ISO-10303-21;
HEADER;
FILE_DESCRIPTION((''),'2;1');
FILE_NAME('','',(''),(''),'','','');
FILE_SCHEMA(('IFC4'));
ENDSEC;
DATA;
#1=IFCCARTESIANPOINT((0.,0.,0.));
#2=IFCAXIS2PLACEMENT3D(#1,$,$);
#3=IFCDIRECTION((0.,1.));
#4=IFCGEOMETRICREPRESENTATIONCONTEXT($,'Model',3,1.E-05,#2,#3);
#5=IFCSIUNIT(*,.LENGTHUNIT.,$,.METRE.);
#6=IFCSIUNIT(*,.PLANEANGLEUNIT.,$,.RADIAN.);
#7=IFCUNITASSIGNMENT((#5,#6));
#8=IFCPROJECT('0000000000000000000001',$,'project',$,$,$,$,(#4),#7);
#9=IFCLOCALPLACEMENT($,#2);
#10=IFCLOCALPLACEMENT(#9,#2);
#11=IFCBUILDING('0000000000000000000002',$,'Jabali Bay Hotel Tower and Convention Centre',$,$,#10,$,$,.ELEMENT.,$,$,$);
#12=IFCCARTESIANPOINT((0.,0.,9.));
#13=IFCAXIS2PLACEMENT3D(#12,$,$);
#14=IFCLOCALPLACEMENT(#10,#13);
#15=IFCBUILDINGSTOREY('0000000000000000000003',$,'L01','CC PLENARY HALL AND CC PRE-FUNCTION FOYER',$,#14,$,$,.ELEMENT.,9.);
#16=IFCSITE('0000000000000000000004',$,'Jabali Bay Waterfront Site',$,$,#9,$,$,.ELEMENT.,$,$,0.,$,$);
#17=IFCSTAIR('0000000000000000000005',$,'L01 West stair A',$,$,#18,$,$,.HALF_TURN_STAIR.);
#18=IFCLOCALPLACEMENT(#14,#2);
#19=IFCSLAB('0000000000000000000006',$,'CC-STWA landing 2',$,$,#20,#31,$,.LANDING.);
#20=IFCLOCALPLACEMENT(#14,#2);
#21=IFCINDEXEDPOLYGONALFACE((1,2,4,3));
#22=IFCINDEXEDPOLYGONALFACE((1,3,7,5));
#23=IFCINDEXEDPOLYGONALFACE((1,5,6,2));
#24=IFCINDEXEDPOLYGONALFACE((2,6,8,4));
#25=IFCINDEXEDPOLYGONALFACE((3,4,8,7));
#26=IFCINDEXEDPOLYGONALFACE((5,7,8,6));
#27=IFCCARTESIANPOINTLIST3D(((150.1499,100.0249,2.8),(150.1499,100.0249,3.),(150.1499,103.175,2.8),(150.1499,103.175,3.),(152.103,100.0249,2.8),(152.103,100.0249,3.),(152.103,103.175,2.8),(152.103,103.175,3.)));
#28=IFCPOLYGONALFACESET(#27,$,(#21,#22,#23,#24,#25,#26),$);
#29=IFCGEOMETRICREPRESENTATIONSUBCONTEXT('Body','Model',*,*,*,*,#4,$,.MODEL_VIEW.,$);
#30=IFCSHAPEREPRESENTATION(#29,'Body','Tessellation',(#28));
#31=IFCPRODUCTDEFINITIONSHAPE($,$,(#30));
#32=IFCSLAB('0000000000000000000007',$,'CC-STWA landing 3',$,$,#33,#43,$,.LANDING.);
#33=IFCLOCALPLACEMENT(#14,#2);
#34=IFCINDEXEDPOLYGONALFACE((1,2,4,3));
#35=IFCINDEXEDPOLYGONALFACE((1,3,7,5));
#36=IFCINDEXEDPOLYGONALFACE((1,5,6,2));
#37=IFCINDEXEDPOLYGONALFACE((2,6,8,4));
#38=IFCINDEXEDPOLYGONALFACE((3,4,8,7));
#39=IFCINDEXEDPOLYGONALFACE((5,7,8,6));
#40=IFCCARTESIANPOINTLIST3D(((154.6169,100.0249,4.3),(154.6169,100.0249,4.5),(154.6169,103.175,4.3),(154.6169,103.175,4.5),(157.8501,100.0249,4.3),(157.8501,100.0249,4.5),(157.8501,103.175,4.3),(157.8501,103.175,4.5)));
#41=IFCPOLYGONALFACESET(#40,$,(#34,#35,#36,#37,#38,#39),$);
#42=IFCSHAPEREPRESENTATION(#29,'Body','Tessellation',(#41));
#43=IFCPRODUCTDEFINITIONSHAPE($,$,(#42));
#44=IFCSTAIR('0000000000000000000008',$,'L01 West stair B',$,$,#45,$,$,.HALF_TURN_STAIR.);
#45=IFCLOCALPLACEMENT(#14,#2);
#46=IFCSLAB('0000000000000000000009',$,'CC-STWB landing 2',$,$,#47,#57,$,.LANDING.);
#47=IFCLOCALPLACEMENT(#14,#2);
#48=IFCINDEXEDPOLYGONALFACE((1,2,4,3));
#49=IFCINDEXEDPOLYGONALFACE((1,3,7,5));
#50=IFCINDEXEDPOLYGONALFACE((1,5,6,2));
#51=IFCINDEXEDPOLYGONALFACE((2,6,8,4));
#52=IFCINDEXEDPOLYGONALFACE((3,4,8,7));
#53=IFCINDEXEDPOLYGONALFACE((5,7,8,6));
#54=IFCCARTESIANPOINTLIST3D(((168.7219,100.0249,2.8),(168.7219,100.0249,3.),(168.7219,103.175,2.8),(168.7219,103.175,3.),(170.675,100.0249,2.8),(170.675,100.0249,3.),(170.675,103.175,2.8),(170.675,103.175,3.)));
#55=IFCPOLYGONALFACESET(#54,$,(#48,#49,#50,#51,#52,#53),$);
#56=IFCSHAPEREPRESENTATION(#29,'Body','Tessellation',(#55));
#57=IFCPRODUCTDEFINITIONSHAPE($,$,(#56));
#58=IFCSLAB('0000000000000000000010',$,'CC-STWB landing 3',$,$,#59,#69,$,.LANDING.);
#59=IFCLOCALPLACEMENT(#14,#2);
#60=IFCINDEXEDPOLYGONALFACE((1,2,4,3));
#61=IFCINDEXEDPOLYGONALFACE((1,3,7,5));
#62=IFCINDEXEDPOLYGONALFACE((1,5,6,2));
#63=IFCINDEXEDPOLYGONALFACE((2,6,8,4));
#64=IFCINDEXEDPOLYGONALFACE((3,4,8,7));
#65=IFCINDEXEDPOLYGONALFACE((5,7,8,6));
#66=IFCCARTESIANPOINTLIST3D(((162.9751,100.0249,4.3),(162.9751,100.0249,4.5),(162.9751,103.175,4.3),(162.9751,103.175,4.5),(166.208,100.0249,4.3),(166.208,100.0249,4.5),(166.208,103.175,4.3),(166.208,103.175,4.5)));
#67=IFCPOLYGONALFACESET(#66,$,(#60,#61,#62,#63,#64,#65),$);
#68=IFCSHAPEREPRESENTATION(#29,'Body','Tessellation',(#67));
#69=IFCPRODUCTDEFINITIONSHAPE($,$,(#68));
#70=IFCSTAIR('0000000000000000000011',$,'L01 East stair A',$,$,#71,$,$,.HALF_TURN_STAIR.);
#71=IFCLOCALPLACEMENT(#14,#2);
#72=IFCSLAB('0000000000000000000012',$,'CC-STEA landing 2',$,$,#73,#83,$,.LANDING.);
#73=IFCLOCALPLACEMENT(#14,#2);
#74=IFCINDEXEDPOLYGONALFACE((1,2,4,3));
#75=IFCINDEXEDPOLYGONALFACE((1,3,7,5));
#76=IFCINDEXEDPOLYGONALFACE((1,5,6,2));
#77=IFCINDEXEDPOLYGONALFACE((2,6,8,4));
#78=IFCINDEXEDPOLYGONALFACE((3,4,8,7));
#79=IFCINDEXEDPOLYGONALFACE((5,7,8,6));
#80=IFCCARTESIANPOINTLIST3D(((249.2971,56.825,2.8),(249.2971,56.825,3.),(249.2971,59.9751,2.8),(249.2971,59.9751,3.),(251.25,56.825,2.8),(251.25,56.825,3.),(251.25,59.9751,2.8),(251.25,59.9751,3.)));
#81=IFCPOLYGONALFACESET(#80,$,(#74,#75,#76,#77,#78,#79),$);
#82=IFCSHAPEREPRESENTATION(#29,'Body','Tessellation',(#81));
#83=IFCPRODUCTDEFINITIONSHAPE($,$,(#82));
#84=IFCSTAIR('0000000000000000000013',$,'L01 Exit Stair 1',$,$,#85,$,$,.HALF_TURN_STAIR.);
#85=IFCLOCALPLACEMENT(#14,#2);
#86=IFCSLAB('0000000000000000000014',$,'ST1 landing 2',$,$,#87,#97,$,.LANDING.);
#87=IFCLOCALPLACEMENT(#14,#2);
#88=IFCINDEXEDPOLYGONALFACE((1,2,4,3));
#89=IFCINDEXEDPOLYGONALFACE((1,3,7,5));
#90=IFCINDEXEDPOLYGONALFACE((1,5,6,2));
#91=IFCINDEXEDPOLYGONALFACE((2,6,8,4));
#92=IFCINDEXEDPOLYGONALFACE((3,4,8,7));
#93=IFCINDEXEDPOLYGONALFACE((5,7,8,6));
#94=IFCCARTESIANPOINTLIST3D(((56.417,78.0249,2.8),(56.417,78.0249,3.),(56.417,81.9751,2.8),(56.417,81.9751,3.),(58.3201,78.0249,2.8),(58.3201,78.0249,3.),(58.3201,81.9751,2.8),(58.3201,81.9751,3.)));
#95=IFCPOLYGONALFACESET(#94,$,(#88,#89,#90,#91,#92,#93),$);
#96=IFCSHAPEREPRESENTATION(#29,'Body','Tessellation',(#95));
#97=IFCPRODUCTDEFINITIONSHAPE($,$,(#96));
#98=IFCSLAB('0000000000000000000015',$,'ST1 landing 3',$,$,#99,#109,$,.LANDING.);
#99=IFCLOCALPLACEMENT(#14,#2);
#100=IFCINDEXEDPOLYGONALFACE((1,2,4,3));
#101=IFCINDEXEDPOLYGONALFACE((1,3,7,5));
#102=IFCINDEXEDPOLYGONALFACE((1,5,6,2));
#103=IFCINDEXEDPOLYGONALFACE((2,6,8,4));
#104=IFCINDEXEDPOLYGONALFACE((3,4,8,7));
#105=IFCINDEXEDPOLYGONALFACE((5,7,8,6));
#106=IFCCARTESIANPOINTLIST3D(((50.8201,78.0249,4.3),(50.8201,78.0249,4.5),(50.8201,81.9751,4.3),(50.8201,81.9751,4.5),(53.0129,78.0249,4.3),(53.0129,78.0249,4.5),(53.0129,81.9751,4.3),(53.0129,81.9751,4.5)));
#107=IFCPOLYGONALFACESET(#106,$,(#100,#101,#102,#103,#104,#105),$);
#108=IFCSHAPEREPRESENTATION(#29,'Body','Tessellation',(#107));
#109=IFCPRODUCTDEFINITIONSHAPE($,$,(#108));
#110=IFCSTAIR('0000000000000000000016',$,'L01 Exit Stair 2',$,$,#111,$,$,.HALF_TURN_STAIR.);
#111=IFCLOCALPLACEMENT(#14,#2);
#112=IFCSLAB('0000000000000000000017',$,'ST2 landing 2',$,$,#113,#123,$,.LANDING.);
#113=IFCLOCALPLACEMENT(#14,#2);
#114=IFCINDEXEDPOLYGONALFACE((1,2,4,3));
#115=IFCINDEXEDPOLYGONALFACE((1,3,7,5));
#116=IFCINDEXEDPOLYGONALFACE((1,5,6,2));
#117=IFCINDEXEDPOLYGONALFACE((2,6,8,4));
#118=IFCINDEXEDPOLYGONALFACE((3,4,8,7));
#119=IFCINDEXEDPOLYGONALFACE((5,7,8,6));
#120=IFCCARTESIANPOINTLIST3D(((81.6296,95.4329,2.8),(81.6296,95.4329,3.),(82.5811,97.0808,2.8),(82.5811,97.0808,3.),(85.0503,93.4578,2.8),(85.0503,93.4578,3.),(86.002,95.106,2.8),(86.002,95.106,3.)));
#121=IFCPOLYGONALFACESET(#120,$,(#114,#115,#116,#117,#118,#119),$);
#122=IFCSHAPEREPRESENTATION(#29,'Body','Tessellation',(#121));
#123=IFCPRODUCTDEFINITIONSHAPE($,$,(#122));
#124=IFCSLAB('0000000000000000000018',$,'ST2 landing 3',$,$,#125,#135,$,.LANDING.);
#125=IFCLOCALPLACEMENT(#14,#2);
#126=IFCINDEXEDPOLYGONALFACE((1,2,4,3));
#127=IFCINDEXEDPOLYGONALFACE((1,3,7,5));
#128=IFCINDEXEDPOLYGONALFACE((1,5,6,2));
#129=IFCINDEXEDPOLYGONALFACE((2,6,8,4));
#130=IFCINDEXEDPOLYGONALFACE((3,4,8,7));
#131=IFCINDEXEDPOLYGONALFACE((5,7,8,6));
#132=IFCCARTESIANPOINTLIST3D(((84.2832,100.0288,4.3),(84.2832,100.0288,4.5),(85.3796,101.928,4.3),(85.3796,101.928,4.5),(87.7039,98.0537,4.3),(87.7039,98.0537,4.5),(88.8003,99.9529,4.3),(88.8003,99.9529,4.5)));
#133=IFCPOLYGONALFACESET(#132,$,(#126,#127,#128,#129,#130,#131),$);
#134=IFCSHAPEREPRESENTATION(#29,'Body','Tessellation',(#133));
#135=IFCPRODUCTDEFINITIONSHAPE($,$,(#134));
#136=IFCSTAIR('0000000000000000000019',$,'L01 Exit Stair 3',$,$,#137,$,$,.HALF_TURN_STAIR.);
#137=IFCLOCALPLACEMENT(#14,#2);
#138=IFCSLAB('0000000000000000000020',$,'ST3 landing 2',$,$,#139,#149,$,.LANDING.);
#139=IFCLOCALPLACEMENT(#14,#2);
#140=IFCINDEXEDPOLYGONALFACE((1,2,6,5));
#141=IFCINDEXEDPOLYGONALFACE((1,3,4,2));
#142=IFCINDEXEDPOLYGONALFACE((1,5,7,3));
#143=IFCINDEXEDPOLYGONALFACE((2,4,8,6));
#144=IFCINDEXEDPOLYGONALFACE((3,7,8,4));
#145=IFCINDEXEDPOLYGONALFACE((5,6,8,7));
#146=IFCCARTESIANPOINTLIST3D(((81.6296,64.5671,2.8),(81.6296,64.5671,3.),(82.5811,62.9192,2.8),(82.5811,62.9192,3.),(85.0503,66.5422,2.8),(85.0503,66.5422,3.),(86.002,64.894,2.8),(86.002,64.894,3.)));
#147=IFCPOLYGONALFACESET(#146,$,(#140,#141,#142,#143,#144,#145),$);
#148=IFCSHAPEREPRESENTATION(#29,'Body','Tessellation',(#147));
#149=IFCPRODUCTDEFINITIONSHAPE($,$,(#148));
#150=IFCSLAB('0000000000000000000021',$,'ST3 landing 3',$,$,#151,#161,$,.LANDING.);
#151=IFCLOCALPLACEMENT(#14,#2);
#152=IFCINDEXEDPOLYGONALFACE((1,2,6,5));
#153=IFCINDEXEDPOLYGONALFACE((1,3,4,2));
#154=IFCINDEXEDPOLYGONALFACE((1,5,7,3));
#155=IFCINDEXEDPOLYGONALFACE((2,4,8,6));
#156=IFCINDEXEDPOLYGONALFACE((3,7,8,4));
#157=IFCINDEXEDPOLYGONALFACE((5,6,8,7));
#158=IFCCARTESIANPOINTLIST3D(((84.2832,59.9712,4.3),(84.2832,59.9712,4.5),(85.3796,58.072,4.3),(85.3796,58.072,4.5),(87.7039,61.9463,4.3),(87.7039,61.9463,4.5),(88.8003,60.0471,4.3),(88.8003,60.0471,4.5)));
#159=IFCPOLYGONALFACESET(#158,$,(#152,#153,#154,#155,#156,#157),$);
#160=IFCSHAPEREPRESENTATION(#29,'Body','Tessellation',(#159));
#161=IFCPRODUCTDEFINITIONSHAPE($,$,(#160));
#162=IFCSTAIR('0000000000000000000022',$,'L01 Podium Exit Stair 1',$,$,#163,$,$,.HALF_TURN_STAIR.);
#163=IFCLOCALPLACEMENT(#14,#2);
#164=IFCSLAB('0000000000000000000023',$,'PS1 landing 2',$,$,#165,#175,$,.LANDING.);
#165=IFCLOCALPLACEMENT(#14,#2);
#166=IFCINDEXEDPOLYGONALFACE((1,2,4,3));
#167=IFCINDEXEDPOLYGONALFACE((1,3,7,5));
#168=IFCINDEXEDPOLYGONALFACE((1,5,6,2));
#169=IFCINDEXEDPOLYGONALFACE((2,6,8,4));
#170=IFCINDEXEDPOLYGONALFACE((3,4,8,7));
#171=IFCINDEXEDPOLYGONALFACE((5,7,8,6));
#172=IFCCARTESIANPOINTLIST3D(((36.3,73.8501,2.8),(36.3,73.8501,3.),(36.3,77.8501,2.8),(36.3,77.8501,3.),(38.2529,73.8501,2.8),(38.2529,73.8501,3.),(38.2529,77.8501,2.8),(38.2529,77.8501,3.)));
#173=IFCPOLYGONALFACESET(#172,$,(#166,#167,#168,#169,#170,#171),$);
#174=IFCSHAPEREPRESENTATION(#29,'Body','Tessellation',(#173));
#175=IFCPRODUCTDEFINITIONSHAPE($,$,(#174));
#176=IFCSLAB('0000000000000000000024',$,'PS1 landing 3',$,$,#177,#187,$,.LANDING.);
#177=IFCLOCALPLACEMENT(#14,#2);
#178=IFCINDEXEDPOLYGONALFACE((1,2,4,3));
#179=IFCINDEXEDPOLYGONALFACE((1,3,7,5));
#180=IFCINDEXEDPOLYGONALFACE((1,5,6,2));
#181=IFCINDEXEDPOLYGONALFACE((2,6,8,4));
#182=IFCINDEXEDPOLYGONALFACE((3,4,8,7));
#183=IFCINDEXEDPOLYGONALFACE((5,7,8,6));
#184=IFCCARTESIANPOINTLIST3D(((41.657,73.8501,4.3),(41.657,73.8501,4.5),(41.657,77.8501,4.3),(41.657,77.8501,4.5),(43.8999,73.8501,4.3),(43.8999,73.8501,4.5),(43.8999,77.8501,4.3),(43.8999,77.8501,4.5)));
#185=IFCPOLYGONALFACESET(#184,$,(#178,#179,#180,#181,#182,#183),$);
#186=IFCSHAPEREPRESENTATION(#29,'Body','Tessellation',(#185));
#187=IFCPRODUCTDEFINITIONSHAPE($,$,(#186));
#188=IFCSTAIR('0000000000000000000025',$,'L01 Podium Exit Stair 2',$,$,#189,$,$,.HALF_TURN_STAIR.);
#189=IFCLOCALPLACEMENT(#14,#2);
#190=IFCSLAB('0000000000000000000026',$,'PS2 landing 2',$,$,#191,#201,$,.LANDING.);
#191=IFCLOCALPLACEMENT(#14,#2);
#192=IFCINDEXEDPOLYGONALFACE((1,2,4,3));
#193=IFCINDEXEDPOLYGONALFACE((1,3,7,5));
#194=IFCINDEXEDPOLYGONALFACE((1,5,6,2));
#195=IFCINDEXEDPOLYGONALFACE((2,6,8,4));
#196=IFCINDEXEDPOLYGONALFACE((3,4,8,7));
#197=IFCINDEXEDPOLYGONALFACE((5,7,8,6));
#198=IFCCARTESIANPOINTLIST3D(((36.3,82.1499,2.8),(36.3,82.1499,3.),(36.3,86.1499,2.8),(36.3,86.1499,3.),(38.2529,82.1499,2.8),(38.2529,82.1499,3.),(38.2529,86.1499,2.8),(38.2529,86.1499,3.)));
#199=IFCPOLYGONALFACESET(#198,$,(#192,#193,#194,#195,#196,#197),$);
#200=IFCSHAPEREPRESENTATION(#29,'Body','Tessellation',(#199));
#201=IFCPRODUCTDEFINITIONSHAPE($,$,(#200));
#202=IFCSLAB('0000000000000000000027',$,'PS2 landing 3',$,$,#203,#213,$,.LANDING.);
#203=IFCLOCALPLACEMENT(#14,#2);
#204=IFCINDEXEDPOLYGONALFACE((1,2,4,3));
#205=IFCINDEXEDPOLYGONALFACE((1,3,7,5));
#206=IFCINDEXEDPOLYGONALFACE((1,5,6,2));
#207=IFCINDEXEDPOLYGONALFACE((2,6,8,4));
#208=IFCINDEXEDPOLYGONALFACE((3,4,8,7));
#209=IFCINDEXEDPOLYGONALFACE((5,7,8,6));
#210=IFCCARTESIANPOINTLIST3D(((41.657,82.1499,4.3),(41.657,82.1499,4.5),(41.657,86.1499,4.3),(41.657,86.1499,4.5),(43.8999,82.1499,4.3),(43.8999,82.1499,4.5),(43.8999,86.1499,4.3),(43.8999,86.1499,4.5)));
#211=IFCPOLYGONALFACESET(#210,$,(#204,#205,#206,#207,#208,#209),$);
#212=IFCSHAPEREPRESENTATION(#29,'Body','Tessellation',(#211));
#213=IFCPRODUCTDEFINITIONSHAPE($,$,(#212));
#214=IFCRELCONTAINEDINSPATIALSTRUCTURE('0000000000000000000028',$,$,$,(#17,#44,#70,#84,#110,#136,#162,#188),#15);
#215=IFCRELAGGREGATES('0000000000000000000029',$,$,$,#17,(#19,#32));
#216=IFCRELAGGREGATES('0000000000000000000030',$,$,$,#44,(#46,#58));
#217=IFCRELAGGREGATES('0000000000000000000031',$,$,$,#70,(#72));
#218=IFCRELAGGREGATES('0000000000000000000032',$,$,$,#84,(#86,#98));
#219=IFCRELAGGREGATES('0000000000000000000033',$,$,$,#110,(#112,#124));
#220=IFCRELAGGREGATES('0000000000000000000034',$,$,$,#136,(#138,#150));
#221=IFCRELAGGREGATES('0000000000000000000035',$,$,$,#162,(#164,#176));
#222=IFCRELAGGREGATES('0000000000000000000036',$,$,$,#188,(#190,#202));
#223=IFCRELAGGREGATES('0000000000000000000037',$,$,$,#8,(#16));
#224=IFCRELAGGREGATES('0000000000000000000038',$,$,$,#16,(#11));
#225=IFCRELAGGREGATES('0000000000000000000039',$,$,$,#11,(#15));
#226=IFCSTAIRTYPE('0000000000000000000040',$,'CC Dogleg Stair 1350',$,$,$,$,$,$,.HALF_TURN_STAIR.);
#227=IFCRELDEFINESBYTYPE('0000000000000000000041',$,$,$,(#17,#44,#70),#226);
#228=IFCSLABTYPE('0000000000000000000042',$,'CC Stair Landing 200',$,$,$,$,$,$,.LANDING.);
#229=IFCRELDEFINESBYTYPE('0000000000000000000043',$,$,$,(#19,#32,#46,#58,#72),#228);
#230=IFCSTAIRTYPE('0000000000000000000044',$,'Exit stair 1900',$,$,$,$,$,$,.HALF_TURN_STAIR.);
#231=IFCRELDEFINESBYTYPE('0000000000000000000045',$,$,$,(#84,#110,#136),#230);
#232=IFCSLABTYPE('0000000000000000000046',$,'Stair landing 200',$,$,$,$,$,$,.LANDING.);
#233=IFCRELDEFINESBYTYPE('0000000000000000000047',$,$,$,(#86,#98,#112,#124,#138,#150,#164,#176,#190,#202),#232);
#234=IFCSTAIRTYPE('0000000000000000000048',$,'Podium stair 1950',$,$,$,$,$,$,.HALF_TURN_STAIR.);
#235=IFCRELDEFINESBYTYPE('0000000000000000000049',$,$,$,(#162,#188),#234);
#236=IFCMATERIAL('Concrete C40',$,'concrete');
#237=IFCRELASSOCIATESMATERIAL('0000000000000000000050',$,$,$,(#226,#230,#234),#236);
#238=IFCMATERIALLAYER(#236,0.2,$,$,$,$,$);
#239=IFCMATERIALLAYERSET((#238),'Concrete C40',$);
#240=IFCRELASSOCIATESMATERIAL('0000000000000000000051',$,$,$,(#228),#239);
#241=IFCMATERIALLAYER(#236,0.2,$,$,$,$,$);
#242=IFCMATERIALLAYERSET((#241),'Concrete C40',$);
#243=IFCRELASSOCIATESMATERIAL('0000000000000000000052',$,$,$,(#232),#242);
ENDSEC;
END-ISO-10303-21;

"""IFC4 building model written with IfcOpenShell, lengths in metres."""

from ifc_helpers import new_model, si_unit, direction, frame, origin, place, context, subcontext, project, spatial, polyline, outline, extrude, material, layer, layer_set, type_object, element, aggregate, save


model = new_model("IFC4")

# Units and contexts
model_context = context("Model", 3, precision=1e-05, world=origin(), true_north=direction((0.0, 1.0)))
body_context = subcontext(model_context, "Body", "Model", "MODEL_VIEW")
ifc_project = project(units=[si_unit("LENGTHUNIT", "METRE"), si_unit("PLANEANGLEUNIT", "RADIAN")], contexts=[model_context])

# Site, building, storey
site_placement = place(None, origin())
site = spatial("IfcSite", under=ifc_project, at=site_placement, Name="Jabali Bay Waterfront Site", CompositionType="ELEMENT", RefElevation=0.0)
building_placement = place(site_placement, origin())
building = spatial("IfcBuilding", under=site, at=building_placement, Name="Jabali Bay Hotel Tower and Convention Centre", CompositionType="ELEMENT")
storey_placement = place(building_placement, frame((0.0, 0.0, 9.0)))
storey = spatial("IfcBuildingStorey", under=building, at=storey_placement, Name="L01", Description="CC PLENARY HALL AND CC PRE-FUNCTION FOYER", CompositionType="ELEMENT", Elevation=9.0)

# Stairs, slabs
ifc_material = material(Name="Concrete C40", Category="concrete")
stair_type_1 = type_object("IfcStairType", Name="CC Dogleg Stair 1350", PredefinedType="HALF_TURN_STAIR", material=ifc_material)
stair_1_placement = place(storey_placement, origin())
stair_1 = element("IfcStair", 1, at=stair_1_placement, inside=storey, type_object=stair_type_1, Name="L01 West stair A", PredefinedType="HALF_TURN_STAIR")
ifc_layer_1 = layer(ifc_material, 0.2)
ifc_layer_set_1 = layer_set([ifc_layer_1], Name="Concrete C40")
slab_type_1 = type_object("IfcSlabType", Name="CC Stair Landing 200", PredefinedType="LANDING", material=ifc_layer_set_1)
slab_1_placement = place(storey_placement, frame((0.0, 0.0, 2.8)))
slab_1 = element("IfcSlab", 2, at=slab_1_placement, type_object=slab_type_1, Name="CC-STWA landing 2", PredefinedType="LANDING", context=body_context, shape_type="SweptSolid", body=[
    extrude(outline(polyline([(150.1499, 100.0249), (152.103, 100.0249), (152.103, 103.175), (150.1499, 103.175), (150.1499, 100.0249)])), origin(), (0.0, 0.0, 1.0), 0.2),
])
slab_2_placement = place(storey_placement, frame((0.0, 0.0, 4.3)))
slab_2 = element("IfcSlab", 3, at=slab_2_placement, type_object=slab_type_1, Name="CC-STWA landing 3", PredefinedType="LANDING", context=body_context, shape_type="SweptSolid", body=[
    extrude(outline(polyline([(154.6169, 100.0249), (157.8501, 100.0249), (157.8501, 103.175), (154.6169, 103.175), (154.6169, 100.0249)])), origin(), (0.0, 0.0, 1.0), 0.2),
])
aggregate(stair_1, [slab_1, slab_2])
stair_2_placement = place(storey_placement, origin())
stair_2 = element("IfcStair", 4, at=stair_2_placement, inside=storey, type_object=stair_type_1, Name="L01 West stair B", PredefinedType="HALF_TURN_STAIR")
slab_3_placement = place(storey_placement, frame((0.0, 0.0, 2.8)))
slab_3 = element("IfcSlab", 5, at=slab_3_placement, type_object=slab_type_1, Name="CC-STWB landing 2", PredefinedType="LANDING", context=body_context, shape_type="SweptSolid", body=[
    extrude(outline(polyline([(168.7219, 100.0249), (170.675, 100.0249), (170.675, 103.175), (168.7219, 103.175), (168.7219, 100.0249)])), origin(), (0.0, 0.0, 1.0), 0.2),
])
slab_4_placement = place(storey_placement, frame((0.0, 0.0, 4.3)))
slab_4 = element("IfcSlab", 6, at=slab_4_placement, type_object=slab_type_1, Name="CC-STWB landing 3", PredefinedType="LANDING", context=body_context, shape_type="SweptSolid", body=[
    extrude(outline(polyline([(162.9751, 100.0249), (166.208, 100.0249), (166.208, 103.175), (162.9751, 103.175), (162.9751, 100.0249)])), origin(), (0.0, 0.0, 1.0), 0.2),
])
aggregate(stair_2, [slab_3, slab_4])

# Stair, slab
stair_3_placement = place(storey_placement, origin())
stair_3 = element("IfcStair", 7, at=stair_3_placement, inside=storey, type_object=stair_type_1, Name="L01 East stair A", PredefinedType="HALF_TURN_STAIR")
slab_5_placement = place(storey_placement, frame((0.0, 0.0, 2.8)))
slab_5 = element("IfcSlab", 8, at=slab_5_placement, type_object=slab_type_1, Name="CC-STEA landing 2", PredefinedType="LANDING", context=body_context, shape_type="SweptSolid", body=[
    extrude(outline(polyline([(249.2971, 56.825), (251.25, 56.825), (251.25, 59.9751), (249.2971, 59.9751), (249.2971, 56.825)])), origin(), (0.0, 0.0, 1.0), 0.2),
])
aggregate(stair_3, [slab_5])

# Stairs, slabs
stair_type_2 = type_object("IfcStairType", Name="Exit stair 1900", PredefinedType="HALF_TURN_STAIR", material=ifc_material)
stair_4_placement = place(storey_placement, origin())
stair_4 = element("IfcStair", 9, at=stair_4_placement, inside=storey, type_object=stair_type_2, Name="L01 Exit Stair 1", PredefinedType="HALF_TURN_STAIR")
ifc_layer_2 = layer(ifc_material, 0.2)
ifc_layer_set_2 = layer_set([ifc_layer_2], Name="Concrete C40")
slab_type_2 = type_object("IfcSlabType", Name="Stair landing 200", PredefinedType="LANDING", material=ifc_layer_set_2)
slab_6_placement = place(storey_placement, frame((0.0, 0.0, 2.8)))
slab_6 = element("IfcSlab", 10, at=slab_6_placement, type_object=slab_type_2, Name="ST1 landing 2", PredefinedType="LANDING", context=body_context, shape_type="SweptSolid", body=[
    extrude(outline(polyline([(58.3201, 81.9751), (56.417, 81.9751), (56.417, 78.0249), (58.3201, 78.0249), (58.3201, 81.9751)])), origin(), (0.0, 0.0, 1.0), 0.2),
])
slab_7_placement = place(storey_placement, frame((0.0, 0.0, 4.3)))
slab_7 = element("IfcSlab", 11, at=slab_7_placement, type_object=slab_type_2, Name="ST1 landing 3", PredefinedType="LANDING", context=body_context, shape_type="SweptSolid", body=[
    extrude(outline(polyline([(53.0129, 81.9751), (50.8201, 81.9751), (50.8201, 78.0249), (53.0129, 78.0249), (53.0129, 81.9751)])), origin(), (0.0, 0.0, 1.0), 0.2),
])
aggregate(stair_4, [slab_6, slab_7])
stair_5_placement = place(storey_placement, origin())
stair_5 = element("IfcStair", 12, at=stair_5_placement, inside=storey, type_object=stair_type_2, Name="L01 Exit Stair 2", PredefinedType="HALF_TURN_STAIR")
slab_8_placement = place(storey_placement, frame((0.0, 0.0, 2.8)))
slab_8 = element("IfcSlab", 13, at=slab_8_placement, type_object=slab_type_2, Name="ST2 landing 2", PredefinedType="LANDING", context=body_context, shape_type="SweptSolid", body=[
    extrude(outline(polyline([(85.0503, 93.4578), (86.002, 95.106), (82.5811, 97.0808), (81.6296, 95.4329), (85.0503, 93.4578)])), origin(), (0.0, 0.0, 1.0), 0.2),
])
slab_9_placement = place(storey_placement, frame((0.0, 0.0, 4.3)))
slab_9 = element("IfcSlab", 14, at=slab_9_placement, type_object=slab_type_2, Name="ST2 landing 3", PredefinedType="LANDING", context=body_context, shape_type="SweptSolid", body=[
    extrude(outline(polyline([(87.7039, 98.0537), (88.8003, 99.9529), (85.3796, 101.928), (84.2832, 100.0288), (87.7039, 98.0537)])), origin(), (0.0, 0.0, 1.0), 0.2),
])
aggregate(stair_5, [slab_8, slab_9])
stair_6_placement = place(storey_placement, origin())
stair_6 = element("IfcStair", 15, at=stair_6_placement, inside=storey, type_object=stair_type_2, Name="L01 Exit Stair 3", PredefinedType="HALF_TURN_STAIR")
slab_10_placement = place(storey_placement, frame((0.0, 0.0, 2.8)))
slab_10 = element("IfcSlab", 16, at=slab_10_placement, type_object=slab_type_2, Name="ST3 landing 2", PredefinedType="LANDING", context=body_context, shape_type="SweptSolid", body=[
    extrude(outline(polyline([(81.6296, 64.5671), (82.5811, 62.9192), (86.002, 64.894), (85.0503, 66.5422), (81.6296, 64.5671)])), origin(), (0.0, 0.0, 1.0), 0.2),
])
slab_11_placement = place(storey_placement, frame((0.0, 0.0, 4.3)))
slab_11 = element("IfcSlab", 17, at=slab_11_placement, type_object=slab_type_2, Name="ST3 landing 3", PredefinedType="LANDING", context=body_context, shape_type="SweptSolid", body=[
    extrude(outline(polyline([(84.2832, 59.9712), (85.3796, 58.072), (88.8003, 60.0471), (87.7039, 61.9463), (84.2832, 59.9712)])), origin(), (0.0, 0.0, 1.0), 0.2),
])
aggregate(stair_6, [slab_10, slab_11])
stair_type_3 = type_object("IfcStairType", Name="Podium stair 1950", PredefinedType="HALF_TURN_STAIR", material=ifc_material)
stair_7_placement = place(storey_placement, origin())
stair_7 = element("IfcStair", 18, at=stair_7_placement, inside=storey, type_object=stair_type_3, Name="L01 Podium Exit Stair 1", PredefinedType="HALF_TURN_STAIR")
slab_12_placement = place(storey_placement, frame((0.0, 0.0, 2.8)))
slab_12 = element("IfcSlab", 19, at=slab_12_placement, type_object=slab_type_2, Name="PS1 landing 2", PredefinedType="LANDING", context=body_context, shape_type="SweptSolid", body=[
    extrude(outline(polyline([(36.3, 73.8501), (38.2529, 73.8501), (38.2529, 77.8501), (36.3, 77.8501), (36.3, 73.8501)])), origin(), (0.0, 0.0, 1.0), 0.2),
])
slab_13_placement = place(storey_placement, frame((0.0, 0.0, 4.3)))
slab_13 = element("IfcSlab", 20, at=slab_13_placement, type_object=slab_type_2, Name="PS1 landing 3", PredefinedType="LANDING", context=body_context, shape_type="SweptSolid", body=[
    extrude(outline(polyline([(41.657, 73.8501), (43.8999, 73.8501), (43.8999, 77.8501), (41.657, 77.8501), (41.657, 73.8501)])), origin(), (0.0, 0.0, 1.0), 0.2),
])
aggregate(stair_7, [slab_12, slab_13])
stair_8_placement = place(storey_placement, origin())
stair_8 = element("IfcStair", 21, at=stair_8_placement, inside=storey, type_object=stair_type_3, Name="L01 Podium Exit Stair 2", PredefinedType="HALF_TURN_STAIR")
slab_14_placement = place(storey_placement, frame((0.0, 0.0, 2.8)))
slab_14 = element("IfcSlab", 22, at=slab_14_placement, type_object=slab_type_2, Name="PS2 landing 2", PredefinedType="LANDING", context=body_context, shape_type="SweptSolid", body=[
    extrude(outline(polyline([(36.3, 82.1499), (38.2529, 82.1499), (38.2529, 86.1499), (36.3, 86.1499), (36.3, 82.1499)])), origin(), (0.0, 0.0, 1.0), 0.2),
])
slab_15_placement = place(storey_placement, frame((0.0, 0.0, 4.3)))
slab_15 = element("IfcSlab", 23, at=slab_15_placement, type_object=slab_type_2, Name="PS2 landing 3", PredefinedType="LANDING", context=body_context, shape_type="SweptSolid", body=[
    extrude(outline(polyline([(41.657, 82.1499), (43.8999, 82.1499), (43.8999, 86.1499), (41.657, 86.1499), (41.657, 82.1499)])), origin(), (0.0, 0.0, 1.0), 0.2),
])
aggregate(stair_8, [slab_14, slab_15])

save(model, "model.ifc")
